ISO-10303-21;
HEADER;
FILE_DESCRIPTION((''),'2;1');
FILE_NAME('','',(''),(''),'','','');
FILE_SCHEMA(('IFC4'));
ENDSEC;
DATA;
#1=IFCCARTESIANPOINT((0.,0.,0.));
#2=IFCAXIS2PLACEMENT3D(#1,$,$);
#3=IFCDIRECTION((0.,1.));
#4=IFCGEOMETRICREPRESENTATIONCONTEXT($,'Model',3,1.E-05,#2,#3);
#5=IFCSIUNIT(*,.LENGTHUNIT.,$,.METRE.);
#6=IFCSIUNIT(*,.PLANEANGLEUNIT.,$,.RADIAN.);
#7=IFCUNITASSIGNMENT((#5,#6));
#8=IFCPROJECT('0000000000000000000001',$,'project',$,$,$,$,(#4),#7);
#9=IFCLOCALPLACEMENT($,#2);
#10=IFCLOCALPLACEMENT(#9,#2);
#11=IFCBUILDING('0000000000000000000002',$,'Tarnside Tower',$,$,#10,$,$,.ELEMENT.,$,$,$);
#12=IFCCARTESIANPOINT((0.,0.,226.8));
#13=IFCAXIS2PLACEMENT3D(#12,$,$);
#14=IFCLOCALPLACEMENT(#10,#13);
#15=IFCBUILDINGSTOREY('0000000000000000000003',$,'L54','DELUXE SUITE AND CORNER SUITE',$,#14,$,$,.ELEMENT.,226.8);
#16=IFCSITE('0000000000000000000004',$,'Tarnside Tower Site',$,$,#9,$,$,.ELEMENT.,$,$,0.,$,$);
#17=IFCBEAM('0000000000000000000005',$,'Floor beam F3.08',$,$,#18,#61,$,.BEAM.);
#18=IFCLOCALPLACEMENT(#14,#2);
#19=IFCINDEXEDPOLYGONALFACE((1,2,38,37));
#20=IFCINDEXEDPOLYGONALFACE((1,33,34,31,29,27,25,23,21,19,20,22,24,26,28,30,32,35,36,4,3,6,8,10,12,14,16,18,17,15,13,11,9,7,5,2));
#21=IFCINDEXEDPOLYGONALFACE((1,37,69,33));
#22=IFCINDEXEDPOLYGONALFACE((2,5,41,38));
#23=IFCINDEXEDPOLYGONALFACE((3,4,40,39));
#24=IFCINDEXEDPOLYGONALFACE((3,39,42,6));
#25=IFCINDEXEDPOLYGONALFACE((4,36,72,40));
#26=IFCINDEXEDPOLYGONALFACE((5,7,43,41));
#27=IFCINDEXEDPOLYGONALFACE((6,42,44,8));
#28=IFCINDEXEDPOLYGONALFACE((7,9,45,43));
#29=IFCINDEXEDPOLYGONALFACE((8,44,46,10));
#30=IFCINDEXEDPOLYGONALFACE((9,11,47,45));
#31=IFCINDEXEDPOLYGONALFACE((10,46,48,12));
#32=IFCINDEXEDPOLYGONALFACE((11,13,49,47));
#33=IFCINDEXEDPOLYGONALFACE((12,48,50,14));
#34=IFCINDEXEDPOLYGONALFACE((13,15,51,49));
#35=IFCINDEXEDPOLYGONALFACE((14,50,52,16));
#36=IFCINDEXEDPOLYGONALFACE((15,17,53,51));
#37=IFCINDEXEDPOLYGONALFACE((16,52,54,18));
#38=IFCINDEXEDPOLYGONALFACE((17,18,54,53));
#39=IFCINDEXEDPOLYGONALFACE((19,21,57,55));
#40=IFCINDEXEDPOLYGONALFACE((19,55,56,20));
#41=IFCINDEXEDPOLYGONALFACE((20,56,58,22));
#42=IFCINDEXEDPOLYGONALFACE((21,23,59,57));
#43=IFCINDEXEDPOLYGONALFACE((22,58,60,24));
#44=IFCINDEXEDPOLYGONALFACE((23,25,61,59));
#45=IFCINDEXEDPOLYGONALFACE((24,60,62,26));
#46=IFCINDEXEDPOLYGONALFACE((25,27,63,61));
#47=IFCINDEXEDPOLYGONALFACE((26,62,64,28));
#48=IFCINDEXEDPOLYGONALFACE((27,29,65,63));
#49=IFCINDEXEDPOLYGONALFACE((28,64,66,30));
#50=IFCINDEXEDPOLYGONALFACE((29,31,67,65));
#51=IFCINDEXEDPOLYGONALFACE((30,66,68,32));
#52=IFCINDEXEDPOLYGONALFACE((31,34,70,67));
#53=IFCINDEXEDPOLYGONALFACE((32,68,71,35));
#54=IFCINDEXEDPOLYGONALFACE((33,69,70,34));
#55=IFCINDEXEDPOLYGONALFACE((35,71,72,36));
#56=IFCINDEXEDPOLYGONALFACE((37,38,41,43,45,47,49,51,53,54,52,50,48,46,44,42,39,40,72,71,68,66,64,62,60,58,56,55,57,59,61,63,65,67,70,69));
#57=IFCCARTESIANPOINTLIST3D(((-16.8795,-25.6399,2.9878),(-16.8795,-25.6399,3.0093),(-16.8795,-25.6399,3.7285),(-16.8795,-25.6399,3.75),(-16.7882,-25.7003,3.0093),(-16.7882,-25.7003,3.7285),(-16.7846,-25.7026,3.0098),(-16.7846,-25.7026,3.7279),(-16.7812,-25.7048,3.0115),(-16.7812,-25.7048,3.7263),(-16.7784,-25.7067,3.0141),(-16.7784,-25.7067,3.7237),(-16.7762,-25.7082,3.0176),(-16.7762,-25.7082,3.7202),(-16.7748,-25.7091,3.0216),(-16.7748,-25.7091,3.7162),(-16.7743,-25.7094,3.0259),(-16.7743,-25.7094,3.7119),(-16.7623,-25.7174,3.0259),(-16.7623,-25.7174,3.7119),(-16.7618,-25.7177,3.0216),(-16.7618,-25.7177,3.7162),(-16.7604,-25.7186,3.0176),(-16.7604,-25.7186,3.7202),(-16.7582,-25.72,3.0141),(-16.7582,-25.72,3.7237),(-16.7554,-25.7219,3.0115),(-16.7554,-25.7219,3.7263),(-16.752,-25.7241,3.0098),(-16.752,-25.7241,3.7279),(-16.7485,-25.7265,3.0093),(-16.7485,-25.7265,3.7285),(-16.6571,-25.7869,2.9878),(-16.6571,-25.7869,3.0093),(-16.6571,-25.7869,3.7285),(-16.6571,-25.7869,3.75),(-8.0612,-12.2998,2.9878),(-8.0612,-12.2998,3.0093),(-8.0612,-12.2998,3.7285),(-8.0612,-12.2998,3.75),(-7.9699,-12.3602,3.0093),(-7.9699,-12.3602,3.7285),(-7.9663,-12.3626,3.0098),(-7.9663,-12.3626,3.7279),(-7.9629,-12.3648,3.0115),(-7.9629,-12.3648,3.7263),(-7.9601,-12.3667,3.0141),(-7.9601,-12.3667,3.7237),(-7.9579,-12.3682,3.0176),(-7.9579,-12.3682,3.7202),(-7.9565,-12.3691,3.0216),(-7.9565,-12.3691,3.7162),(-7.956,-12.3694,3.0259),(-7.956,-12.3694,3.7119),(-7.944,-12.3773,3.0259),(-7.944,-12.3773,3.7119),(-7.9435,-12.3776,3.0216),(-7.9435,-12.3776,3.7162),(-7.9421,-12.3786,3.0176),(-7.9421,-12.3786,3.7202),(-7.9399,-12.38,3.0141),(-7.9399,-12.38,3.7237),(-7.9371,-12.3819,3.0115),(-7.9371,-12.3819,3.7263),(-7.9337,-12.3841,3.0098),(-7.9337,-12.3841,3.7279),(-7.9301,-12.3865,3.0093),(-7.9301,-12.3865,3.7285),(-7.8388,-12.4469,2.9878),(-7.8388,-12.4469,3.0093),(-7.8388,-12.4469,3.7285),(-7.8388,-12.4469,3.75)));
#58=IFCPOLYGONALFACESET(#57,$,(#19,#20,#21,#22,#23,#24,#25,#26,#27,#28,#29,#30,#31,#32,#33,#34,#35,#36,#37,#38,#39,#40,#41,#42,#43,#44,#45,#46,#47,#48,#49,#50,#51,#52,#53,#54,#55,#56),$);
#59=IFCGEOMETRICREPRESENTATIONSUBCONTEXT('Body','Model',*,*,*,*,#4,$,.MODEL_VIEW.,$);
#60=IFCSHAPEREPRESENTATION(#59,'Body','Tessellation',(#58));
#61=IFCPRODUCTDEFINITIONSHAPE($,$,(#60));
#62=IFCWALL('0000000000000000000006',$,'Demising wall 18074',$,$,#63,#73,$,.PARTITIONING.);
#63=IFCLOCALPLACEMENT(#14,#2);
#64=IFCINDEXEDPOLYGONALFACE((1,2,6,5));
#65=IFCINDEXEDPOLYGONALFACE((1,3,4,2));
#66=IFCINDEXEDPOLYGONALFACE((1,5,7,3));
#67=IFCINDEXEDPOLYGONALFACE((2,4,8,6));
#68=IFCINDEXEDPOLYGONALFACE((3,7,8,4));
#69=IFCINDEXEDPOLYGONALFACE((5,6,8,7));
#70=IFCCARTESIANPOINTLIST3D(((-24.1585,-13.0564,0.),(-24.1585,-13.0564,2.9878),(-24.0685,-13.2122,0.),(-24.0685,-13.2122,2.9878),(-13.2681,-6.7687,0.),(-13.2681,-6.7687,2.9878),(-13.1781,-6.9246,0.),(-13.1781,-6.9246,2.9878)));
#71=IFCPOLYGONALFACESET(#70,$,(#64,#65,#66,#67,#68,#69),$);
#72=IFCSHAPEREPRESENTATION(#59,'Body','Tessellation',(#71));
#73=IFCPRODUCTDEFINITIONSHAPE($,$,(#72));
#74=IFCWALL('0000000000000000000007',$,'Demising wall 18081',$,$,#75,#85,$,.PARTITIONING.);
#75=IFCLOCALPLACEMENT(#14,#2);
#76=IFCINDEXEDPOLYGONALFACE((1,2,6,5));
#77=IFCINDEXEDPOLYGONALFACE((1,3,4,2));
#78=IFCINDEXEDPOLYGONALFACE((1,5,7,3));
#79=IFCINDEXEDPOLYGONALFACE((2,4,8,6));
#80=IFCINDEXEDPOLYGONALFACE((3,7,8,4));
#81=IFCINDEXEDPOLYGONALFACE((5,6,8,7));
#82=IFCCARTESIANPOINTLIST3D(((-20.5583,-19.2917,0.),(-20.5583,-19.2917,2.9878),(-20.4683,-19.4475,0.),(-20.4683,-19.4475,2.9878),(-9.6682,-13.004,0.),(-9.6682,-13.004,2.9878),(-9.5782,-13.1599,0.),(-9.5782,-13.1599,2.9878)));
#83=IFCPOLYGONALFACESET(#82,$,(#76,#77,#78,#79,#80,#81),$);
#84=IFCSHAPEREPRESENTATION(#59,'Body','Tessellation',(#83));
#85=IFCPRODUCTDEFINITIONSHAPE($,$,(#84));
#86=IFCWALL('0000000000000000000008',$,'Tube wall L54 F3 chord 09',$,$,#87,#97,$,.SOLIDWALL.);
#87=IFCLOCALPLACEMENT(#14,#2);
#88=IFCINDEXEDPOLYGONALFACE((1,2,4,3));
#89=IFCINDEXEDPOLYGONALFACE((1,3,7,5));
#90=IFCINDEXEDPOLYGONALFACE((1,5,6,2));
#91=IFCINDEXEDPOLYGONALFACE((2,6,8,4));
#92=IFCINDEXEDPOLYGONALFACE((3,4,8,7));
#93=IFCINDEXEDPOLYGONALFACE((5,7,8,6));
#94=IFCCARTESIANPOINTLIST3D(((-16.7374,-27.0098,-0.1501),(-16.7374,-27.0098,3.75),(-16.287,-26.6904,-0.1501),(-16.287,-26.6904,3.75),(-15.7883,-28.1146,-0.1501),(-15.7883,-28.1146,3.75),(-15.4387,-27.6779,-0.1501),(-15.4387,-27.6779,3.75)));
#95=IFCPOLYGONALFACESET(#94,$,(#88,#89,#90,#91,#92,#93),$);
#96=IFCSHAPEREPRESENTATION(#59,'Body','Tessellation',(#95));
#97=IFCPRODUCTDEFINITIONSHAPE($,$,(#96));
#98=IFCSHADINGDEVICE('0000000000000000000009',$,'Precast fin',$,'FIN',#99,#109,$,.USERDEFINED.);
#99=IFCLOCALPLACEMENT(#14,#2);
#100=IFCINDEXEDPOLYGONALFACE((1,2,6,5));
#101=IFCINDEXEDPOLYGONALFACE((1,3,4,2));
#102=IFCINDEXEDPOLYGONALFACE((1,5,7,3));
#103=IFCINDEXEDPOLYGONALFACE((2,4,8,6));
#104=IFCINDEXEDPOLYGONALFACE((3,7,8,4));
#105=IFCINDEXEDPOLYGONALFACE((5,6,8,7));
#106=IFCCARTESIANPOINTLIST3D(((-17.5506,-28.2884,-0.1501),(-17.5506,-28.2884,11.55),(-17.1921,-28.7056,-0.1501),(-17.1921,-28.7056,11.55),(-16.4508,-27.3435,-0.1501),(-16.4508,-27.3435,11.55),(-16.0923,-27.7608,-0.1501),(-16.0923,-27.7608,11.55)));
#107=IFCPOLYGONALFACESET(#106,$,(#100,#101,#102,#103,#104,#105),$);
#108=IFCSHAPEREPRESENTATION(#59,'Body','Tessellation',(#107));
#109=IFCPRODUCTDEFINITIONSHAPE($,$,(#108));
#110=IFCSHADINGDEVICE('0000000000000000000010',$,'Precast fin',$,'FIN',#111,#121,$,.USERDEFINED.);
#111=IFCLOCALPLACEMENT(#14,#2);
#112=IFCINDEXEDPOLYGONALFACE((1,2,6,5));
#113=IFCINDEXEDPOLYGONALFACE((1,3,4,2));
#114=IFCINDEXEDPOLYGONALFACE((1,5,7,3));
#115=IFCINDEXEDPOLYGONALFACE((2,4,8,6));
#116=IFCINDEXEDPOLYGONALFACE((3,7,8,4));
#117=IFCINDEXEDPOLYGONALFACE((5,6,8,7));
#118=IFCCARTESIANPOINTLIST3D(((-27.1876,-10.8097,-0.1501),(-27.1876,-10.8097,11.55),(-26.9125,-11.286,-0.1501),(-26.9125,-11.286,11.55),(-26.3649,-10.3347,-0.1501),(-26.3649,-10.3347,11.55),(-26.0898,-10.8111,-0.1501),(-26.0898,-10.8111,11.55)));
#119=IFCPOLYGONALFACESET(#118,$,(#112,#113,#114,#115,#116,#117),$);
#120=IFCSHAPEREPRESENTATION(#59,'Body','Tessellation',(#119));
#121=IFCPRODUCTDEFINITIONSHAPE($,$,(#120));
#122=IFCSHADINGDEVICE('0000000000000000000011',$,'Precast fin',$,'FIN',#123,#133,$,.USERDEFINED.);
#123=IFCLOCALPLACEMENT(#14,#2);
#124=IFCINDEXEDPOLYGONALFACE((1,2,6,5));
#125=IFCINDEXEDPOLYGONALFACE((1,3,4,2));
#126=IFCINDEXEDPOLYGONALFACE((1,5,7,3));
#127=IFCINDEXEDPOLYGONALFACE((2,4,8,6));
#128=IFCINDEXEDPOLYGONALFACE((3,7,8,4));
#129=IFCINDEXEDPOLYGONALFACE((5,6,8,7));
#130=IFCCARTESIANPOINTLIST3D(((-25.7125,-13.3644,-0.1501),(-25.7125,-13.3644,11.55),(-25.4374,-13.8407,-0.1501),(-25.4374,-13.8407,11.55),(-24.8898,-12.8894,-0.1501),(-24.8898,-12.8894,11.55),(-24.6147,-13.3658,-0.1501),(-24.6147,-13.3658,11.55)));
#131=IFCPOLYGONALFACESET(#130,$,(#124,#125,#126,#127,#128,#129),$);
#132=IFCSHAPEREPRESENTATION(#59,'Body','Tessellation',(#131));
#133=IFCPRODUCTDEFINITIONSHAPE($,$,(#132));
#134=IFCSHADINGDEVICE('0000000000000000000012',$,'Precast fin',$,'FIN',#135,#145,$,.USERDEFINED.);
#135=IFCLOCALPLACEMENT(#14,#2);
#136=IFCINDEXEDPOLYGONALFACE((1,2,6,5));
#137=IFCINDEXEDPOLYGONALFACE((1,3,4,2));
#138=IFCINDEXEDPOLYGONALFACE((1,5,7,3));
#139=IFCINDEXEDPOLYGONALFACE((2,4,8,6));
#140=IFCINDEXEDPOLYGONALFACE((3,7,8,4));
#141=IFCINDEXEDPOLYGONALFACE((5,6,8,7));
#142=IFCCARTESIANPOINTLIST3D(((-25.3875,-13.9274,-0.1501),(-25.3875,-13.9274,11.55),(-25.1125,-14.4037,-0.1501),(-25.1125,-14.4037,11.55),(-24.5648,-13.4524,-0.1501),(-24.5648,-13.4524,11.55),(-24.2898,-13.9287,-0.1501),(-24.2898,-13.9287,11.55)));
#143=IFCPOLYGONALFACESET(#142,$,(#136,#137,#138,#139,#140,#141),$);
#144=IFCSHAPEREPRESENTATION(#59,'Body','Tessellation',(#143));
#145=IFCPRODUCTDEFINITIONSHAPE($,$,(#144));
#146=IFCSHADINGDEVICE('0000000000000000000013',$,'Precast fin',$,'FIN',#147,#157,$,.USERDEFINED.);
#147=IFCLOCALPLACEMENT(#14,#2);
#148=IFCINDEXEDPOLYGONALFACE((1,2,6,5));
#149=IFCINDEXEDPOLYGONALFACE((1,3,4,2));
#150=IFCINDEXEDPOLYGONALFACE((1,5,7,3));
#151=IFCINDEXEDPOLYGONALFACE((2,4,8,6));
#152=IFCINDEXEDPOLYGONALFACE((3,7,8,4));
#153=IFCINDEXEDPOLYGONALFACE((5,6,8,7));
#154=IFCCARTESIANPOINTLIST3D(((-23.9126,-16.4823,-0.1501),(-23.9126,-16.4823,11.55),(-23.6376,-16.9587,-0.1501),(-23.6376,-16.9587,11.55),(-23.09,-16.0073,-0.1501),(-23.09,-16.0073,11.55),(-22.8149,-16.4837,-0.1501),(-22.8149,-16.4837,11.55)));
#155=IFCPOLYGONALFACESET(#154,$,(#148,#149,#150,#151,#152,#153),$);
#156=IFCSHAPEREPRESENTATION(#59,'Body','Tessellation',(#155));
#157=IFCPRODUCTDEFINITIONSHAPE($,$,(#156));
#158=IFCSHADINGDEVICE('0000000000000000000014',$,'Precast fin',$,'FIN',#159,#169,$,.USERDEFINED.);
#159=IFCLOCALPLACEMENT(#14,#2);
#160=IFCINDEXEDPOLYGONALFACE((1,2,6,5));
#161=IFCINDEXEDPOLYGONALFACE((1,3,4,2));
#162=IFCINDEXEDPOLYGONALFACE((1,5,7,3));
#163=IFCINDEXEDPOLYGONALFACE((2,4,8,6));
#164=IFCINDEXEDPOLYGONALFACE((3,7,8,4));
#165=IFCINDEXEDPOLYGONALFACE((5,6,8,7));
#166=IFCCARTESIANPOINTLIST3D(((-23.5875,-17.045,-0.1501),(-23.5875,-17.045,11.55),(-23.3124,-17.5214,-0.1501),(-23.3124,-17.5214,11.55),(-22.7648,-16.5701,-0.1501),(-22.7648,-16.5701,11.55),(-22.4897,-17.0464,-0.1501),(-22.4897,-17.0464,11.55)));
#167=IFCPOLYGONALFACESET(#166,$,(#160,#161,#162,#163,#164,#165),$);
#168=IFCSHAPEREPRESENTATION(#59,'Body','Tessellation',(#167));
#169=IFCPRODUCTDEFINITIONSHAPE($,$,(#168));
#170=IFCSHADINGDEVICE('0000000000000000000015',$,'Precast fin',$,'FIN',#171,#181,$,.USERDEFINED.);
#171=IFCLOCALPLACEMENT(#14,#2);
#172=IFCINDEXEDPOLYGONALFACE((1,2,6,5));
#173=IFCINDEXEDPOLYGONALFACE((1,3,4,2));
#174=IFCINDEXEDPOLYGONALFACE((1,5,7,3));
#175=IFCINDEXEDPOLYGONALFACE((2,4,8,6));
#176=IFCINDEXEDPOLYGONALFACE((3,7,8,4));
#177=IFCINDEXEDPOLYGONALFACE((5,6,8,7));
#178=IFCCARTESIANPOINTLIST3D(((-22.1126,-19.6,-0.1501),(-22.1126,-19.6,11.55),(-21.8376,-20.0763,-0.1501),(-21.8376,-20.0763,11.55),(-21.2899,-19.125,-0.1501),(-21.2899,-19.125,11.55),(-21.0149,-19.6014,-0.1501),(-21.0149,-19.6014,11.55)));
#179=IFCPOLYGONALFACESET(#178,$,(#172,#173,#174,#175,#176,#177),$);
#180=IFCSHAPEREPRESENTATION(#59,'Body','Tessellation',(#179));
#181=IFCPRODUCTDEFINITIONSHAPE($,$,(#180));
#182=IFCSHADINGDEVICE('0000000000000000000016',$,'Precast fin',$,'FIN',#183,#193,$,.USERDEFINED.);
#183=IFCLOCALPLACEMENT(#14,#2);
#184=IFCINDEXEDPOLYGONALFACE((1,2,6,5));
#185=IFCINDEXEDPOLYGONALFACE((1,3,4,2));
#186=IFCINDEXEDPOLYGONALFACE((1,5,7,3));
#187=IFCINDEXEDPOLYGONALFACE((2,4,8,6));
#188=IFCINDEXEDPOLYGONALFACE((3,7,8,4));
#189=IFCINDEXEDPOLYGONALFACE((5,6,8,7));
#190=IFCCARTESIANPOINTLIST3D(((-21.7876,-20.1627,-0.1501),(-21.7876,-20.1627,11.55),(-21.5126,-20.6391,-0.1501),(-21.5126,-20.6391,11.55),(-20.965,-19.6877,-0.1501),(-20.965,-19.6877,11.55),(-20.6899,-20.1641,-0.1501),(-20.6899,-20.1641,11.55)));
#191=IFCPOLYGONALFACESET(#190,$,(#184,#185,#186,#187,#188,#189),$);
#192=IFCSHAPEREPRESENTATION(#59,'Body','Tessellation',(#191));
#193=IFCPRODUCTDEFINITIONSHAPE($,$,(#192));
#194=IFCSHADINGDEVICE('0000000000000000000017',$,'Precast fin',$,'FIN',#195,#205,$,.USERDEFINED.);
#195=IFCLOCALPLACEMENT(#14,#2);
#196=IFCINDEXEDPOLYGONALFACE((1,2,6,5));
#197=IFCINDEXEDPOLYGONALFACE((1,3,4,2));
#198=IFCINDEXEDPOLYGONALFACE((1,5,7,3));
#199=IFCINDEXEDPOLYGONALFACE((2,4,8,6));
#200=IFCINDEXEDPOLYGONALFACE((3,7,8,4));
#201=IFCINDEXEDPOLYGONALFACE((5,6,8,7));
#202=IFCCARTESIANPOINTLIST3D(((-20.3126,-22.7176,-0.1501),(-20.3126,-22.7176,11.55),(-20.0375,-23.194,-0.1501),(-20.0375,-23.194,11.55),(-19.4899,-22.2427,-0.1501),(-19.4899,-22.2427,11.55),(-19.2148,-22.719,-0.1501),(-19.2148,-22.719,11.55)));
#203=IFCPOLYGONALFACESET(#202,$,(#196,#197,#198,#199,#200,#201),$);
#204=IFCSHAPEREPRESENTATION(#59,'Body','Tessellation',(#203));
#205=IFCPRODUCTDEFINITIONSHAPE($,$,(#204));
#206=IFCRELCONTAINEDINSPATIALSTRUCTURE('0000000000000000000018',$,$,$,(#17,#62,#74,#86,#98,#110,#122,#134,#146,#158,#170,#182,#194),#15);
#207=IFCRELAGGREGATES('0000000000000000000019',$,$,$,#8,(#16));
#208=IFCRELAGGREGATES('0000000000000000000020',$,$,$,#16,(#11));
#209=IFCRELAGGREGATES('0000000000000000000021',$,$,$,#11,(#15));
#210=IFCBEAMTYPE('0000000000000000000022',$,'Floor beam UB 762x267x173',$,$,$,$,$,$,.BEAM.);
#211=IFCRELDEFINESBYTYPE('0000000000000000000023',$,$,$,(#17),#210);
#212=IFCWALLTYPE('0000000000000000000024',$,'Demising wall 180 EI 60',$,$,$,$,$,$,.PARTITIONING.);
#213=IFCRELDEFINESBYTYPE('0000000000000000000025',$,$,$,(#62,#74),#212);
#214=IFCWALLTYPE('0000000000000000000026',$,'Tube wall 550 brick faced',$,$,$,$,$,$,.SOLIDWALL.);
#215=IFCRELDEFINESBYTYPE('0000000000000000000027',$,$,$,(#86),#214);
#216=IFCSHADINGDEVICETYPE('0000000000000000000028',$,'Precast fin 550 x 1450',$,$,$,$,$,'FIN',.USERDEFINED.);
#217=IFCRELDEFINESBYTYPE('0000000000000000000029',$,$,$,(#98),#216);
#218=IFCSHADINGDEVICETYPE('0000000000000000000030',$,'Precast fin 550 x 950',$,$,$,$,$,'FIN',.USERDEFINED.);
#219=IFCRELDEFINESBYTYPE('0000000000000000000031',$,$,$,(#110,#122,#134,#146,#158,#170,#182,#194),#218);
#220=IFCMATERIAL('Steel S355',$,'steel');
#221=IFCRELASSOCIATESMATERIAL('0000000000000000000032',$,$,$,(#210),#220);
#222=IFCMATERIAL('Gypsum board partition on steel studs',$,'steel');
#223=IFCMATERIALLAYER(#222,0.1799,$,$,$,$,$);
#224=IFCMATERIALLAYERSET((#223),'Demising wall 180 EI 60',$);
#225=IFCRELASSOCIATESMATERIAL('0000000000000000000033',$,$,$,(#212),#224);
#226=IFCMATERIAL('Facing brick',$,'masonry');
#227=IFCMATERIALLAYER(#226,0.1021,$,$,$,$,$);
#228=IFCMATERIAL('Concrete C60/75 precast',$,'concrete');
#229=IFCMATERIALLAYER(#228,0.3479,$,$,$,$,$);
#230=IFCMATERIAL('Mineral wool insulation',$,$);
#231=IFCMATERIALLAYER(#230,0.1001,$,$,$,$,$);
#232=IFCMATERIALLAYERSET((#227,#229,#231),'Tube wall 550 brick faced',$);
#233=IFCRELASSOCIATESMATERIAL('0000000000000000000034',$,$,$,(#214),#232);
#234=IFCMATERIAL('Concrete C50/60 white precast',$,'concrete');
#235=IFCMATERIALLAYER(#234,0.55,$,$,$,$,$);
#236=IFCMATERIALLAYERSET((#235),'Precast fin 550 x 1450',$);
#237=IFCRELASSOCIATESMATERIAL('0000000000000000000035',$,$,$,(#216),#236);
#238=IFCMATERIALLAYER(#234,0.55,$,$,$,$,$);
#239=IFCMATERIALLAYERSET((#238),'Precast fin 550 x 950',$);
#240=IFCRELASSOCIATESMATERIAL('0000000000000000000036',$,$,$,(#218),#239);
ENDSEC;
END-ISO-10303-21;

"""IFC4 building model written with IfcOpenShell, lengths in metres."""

from ifc_helpers import new_model, si_unit, direction, frame, frame_2d, origin, origin_2d, place, context, subcontext, project, spatial, polyline, rectangle, i_section, outline, extrude, material, layer, layer_set, material_profile, profile_set, type_object, element, save


model = new_model("IFC4")

# Units and contexts
model_context = context("Model", 3, precision=1e-05, world=origin(), true_north=direction((0.0, 1.0)))
body_context = subcontext(model_context, "Body", "Model", "MODEL_VIEW")
ifc_project = project(units=[si_unit("LENGTHUNIT", "METRE"), si_unit("PLANEANGLEUNIT", "RADIAN")], contexts=[model_context])

# Site, building, storey
site_placement = place(None, origin())
site = spatial("IfcSite", under=ifc_project, at=site_placement, Name="Tarnside Tower Site", CompositionType="ELEMENT", RefElevation=0.0)
building_placement = place(site_placement, origin())
building = spatial("IfcBuilding", under=site, at=building_placement, Name="Tarnside Tower", CompositionType="ELEMENT")
storey_placement = place(building_placement, frame((0.0, 0.0, 226.8)))
storey = spatial("IfcBuildingStorey", under=building, at=storey_placement, Name="L54", Description="DELUXE SUITE AND CORNER SUITE", CompositionType="ELEMENT", Elevation=226.8)

# Beam
ifc_material_1 = material(Name="Steel S355", Category="steel")
ifc_material_profile_1 = material_profile(ifc_material_1, i_section(OverallWidth=0.2666, OverallDepth=0.7622, WebThickness=0.0144, FlangeThickness=0.0215, FilletRadius=0.0166, at=origin_2d()), Name="UB 762x267x173")
ifc_profile_set_1 = profile_set([ifc_material_profile_1], Name="Steel S355")
beam_type_1 = type_object("IfcBeamType", Name="Floor beam UB 762x267x173", PredefinedType="BEAM", material=ifc_profile_set_1)
beam_1_placement = place(storey_placement, frame((-16.7683, -25.7134, 3.3689), z_axis=(0.551448, 0.83421, 0.0), x_axis=(-0.83421, 0.551448, 0.0)))
element("IfcBeam", 1, at=beam_1_placement, inside=storey, type_object=beam_type_1, Name="Floor beam F3.08", PredefinedType="BEAM", context=body_context, shape_type="SweptSolid", body=[
    extrude(i_section(OverallWidth=0.2666, OverallDepth=0.7622, WebThickness=0.0144, FlangeThickness=0.0215, FilletRadius=0.0166, at=origin_2d()), origin(), (0.0, 0.0, 1.0), 15.9912),
])

# Walls
ifc_material_2 = material(Name="Gypsum board partition on steel studs", Category="steel")
ifc_layer_1 = layer(ifc_material_2, 0.1799)
ifc_layer_set_1 = layer_set([ifc_layer_1], Name="Demising wall 180 EI 60")
wall_type_1 = type_object("IfcWallType", Name="Demising wall 180 EI 60", PredefinedType="PARTITIONING", material=ifc_layer_set_1)
wall_1_placement = place(storey_placement, frame((-24.1135, -13.1343, 0.0), z_axis=(0.0, 0.0, 1.0), x_axis=(0.866024, 0.500002, 0.0)))
element("IfcWall", 2, at=wall_1_placement, inside=storey, type_object=wall_type_1, Name="Demising wall 18074", PredefinedType="PARTITIONING", context=body_context, shape_type="SweptSolid", body=[
    extrude(rectangle(XDim=12.5752, YDim=0.1799, at=frame_2d((6.2876, 0.0))), origin(), (0.0, 0.0, 1.0), 2.9878),
])
wall_2_placement = place(storey_placement, frame((-20.5134, -19.3696, 0.0), z_axis=(0.0, 0.0, 1.0), x_axis=(0.866019, 0.50001, 0.0)))
element("IfcWall", 3, at=wall_2_placement, inside=storey, type_object=wall_type_1, Name="Demising wall 18081", PredefinedType="PARTITIONING", context=body_context, shape_type="SweptSolid", body=[
    extrude(rectangle(XDim=12.575, YDim=0.1799, at=frame_2d((6.2876, 0.0))), origin(), (0.0, 0.0, 1.0), 2.9878),
])
ifc_material_3 = material(Name="Facing brick", Category="masonry")
ifc_layer_2 = layer(ifc_material_3, 0.1021)
ifc_material_4 = material(Name="Concrete C60/75 precast", Category="concrete")
ifc_layer_3 = layer(ifc_material_4, 0.3479)
ifc_material_5 = material(Name="Mineral wool insulation")
ifc_layer_4 = layer(ifc_material_5, 0.1001)
ifc_layer_set_2 = layer_set([ifc_layer_2, ifc_layer_3, ifc_layer_4], Name="Tube wall 550 brick faced")
wall_type_2 = type_object("IfcWallType", Name="Tube wall 550 brick faced", PredefinedType="SOLIDWALL", material=ifc_layer_set_2)
wall_3_placement = place(storey_placement, frame((-16.5122, -26.8501, -0.1501), z_axis=(0.0, 0.0, 1.0), x_axis=(0.651622, -0.758544, 0.0)))
element("IfcWall", 4, at=wall_3_placement, inside=storey, type_object=wall_type_2, Name="Tube wall L54 F3 chord 09", PredefinedType="SOLIDWALL", context=body_context, shape_type="SweptSolid", body=[
    extrude(outline(polyline([(-0.0256, -0.2749), (1.4309, -0.2749), (1.3274, 0.2749), (0.0256, 0.2749), (-0.0256, -0.2749)])), origin(), (0.0, 0.0, 1.0), 3.9001),
])

# Shading devices
ifc_material_6 = material(Name="Concrete C50/60 white precast", Category="concrete")
ifc_layer_5 = layer(ifc_material_6, 0.55)
ifc_layer_set_3 = layer_set([ifc_layer_5], Name="Precast fin 550 x 1450")
shading_device_type_1 = type_object("IfcShadingDeviceType", Name="Precast fin 550 x 1450", ElementType="FIN", PredefinedType="USERDEFINED", material=ifc_layer_set_3)
shading_device_placement = place(storey_placement, frame((-16.2715, -27.5522, -0.1501), z_axis=(-0.651657, 0.758514, 0.0), x_axis=(-0.758514, -0.651657, 0.0)))
element("IfcShadingDevice", 5, at=shading_device_placement, inside=storey, type_object=shading_device_type_1, Name="Precast fin", ObjectType="FIN", PredefinedType="USERDEFINED", context=body_context, shape_type="SweptSolid", body=[
    extrude(outline(polyline([(0.0, 0.0), (1.45, 0.0), (1.45, 11.7002), (0.0, 11.7002), (0.0, 0.0)])), frame((0.0, 0.0, -0.2749)), (0.0, 0.0, 1.0), 0.55),
])
ifc_layer_6 = layer(ifc_material_6, 0.55)
ifc_layer_set_4 = layer_set([ifc_layer_6], Name="Precast fin 550 x 950")
shading_device_type_2 = type_object("IfcShadingDeviceType", Name="Precast fin 550 x 950", ElementType="FIN", PredefinedType="USERDEFINED", material=ifc_layer_set_4)
for number, where, z_axis, x_axis, name in (
    (6, (-26.2273, -10.573, -0.1501), (-0.5, 0.866025, 0.0), (-0.866025, -0.5, 0.0), "Precast fin"),
    (7, (-24.7522, -13.1277, -0.1501), (-0.5, 0.866025, 0.0), (-0.866025, -0.5, 0.0), "Precast fin"),
    (8, (-24.4272, -13.6907, -0.1501), (-0.5, 0.866025, 0.0), (-0.866025, -0.5, 0.0), "Precast fin"),
    (9, (-22.9524, -16.2456, -0.1501), (-0.5, 0.866025, 0.0), (-0.866025, -0.5, 0.0), "Precast fin"),
    (10, (-22.6272, -16.8083, -0.1501), (-0.5, 0.866025, 0.0), (-0.866025, -0.5, 0.0), "Precast fin"),
    (11, (-21.1523, -19.3633, -0.1501), (-0.5, 0.866025, 0.0), (-0.866025, -0.5, 0.0), "Precast fin"),
    (12, (-20.8274, -19.926, -0.1501), (-0.5, 0.866025, 0.0), (-0.866025, -0.5, 0.0), "Precast fin"),
    (13, (-19.3523, -22.481, -0.1501), (-0.5, 0.866025, 0.0), (-0.866025, -0.5, 0.0), "Precast fin"),
):
    element("IfcShadingDevice", number, at=place(storey_placement, frame(where, z_axis=z_axis, x_axis=x_axis)), inside=storey, type_object=shading_device_type_2, Name=name, ObjectType="FIN", PredefinedType="USERDEFINED", context=body_context, shape_type="SweptSolid", body=[
        extrude(outline(polyline([(0.0, 0.0), (0.95, 0.0), (0.95, 11.7002), (0.0, 11.7002), (0.0, 0.0)])), frame((0.0, 0.0, -0.2749)), (0.0, 0.0, 1.0), 0.55),
    ])

save(model, "model.ifc")
